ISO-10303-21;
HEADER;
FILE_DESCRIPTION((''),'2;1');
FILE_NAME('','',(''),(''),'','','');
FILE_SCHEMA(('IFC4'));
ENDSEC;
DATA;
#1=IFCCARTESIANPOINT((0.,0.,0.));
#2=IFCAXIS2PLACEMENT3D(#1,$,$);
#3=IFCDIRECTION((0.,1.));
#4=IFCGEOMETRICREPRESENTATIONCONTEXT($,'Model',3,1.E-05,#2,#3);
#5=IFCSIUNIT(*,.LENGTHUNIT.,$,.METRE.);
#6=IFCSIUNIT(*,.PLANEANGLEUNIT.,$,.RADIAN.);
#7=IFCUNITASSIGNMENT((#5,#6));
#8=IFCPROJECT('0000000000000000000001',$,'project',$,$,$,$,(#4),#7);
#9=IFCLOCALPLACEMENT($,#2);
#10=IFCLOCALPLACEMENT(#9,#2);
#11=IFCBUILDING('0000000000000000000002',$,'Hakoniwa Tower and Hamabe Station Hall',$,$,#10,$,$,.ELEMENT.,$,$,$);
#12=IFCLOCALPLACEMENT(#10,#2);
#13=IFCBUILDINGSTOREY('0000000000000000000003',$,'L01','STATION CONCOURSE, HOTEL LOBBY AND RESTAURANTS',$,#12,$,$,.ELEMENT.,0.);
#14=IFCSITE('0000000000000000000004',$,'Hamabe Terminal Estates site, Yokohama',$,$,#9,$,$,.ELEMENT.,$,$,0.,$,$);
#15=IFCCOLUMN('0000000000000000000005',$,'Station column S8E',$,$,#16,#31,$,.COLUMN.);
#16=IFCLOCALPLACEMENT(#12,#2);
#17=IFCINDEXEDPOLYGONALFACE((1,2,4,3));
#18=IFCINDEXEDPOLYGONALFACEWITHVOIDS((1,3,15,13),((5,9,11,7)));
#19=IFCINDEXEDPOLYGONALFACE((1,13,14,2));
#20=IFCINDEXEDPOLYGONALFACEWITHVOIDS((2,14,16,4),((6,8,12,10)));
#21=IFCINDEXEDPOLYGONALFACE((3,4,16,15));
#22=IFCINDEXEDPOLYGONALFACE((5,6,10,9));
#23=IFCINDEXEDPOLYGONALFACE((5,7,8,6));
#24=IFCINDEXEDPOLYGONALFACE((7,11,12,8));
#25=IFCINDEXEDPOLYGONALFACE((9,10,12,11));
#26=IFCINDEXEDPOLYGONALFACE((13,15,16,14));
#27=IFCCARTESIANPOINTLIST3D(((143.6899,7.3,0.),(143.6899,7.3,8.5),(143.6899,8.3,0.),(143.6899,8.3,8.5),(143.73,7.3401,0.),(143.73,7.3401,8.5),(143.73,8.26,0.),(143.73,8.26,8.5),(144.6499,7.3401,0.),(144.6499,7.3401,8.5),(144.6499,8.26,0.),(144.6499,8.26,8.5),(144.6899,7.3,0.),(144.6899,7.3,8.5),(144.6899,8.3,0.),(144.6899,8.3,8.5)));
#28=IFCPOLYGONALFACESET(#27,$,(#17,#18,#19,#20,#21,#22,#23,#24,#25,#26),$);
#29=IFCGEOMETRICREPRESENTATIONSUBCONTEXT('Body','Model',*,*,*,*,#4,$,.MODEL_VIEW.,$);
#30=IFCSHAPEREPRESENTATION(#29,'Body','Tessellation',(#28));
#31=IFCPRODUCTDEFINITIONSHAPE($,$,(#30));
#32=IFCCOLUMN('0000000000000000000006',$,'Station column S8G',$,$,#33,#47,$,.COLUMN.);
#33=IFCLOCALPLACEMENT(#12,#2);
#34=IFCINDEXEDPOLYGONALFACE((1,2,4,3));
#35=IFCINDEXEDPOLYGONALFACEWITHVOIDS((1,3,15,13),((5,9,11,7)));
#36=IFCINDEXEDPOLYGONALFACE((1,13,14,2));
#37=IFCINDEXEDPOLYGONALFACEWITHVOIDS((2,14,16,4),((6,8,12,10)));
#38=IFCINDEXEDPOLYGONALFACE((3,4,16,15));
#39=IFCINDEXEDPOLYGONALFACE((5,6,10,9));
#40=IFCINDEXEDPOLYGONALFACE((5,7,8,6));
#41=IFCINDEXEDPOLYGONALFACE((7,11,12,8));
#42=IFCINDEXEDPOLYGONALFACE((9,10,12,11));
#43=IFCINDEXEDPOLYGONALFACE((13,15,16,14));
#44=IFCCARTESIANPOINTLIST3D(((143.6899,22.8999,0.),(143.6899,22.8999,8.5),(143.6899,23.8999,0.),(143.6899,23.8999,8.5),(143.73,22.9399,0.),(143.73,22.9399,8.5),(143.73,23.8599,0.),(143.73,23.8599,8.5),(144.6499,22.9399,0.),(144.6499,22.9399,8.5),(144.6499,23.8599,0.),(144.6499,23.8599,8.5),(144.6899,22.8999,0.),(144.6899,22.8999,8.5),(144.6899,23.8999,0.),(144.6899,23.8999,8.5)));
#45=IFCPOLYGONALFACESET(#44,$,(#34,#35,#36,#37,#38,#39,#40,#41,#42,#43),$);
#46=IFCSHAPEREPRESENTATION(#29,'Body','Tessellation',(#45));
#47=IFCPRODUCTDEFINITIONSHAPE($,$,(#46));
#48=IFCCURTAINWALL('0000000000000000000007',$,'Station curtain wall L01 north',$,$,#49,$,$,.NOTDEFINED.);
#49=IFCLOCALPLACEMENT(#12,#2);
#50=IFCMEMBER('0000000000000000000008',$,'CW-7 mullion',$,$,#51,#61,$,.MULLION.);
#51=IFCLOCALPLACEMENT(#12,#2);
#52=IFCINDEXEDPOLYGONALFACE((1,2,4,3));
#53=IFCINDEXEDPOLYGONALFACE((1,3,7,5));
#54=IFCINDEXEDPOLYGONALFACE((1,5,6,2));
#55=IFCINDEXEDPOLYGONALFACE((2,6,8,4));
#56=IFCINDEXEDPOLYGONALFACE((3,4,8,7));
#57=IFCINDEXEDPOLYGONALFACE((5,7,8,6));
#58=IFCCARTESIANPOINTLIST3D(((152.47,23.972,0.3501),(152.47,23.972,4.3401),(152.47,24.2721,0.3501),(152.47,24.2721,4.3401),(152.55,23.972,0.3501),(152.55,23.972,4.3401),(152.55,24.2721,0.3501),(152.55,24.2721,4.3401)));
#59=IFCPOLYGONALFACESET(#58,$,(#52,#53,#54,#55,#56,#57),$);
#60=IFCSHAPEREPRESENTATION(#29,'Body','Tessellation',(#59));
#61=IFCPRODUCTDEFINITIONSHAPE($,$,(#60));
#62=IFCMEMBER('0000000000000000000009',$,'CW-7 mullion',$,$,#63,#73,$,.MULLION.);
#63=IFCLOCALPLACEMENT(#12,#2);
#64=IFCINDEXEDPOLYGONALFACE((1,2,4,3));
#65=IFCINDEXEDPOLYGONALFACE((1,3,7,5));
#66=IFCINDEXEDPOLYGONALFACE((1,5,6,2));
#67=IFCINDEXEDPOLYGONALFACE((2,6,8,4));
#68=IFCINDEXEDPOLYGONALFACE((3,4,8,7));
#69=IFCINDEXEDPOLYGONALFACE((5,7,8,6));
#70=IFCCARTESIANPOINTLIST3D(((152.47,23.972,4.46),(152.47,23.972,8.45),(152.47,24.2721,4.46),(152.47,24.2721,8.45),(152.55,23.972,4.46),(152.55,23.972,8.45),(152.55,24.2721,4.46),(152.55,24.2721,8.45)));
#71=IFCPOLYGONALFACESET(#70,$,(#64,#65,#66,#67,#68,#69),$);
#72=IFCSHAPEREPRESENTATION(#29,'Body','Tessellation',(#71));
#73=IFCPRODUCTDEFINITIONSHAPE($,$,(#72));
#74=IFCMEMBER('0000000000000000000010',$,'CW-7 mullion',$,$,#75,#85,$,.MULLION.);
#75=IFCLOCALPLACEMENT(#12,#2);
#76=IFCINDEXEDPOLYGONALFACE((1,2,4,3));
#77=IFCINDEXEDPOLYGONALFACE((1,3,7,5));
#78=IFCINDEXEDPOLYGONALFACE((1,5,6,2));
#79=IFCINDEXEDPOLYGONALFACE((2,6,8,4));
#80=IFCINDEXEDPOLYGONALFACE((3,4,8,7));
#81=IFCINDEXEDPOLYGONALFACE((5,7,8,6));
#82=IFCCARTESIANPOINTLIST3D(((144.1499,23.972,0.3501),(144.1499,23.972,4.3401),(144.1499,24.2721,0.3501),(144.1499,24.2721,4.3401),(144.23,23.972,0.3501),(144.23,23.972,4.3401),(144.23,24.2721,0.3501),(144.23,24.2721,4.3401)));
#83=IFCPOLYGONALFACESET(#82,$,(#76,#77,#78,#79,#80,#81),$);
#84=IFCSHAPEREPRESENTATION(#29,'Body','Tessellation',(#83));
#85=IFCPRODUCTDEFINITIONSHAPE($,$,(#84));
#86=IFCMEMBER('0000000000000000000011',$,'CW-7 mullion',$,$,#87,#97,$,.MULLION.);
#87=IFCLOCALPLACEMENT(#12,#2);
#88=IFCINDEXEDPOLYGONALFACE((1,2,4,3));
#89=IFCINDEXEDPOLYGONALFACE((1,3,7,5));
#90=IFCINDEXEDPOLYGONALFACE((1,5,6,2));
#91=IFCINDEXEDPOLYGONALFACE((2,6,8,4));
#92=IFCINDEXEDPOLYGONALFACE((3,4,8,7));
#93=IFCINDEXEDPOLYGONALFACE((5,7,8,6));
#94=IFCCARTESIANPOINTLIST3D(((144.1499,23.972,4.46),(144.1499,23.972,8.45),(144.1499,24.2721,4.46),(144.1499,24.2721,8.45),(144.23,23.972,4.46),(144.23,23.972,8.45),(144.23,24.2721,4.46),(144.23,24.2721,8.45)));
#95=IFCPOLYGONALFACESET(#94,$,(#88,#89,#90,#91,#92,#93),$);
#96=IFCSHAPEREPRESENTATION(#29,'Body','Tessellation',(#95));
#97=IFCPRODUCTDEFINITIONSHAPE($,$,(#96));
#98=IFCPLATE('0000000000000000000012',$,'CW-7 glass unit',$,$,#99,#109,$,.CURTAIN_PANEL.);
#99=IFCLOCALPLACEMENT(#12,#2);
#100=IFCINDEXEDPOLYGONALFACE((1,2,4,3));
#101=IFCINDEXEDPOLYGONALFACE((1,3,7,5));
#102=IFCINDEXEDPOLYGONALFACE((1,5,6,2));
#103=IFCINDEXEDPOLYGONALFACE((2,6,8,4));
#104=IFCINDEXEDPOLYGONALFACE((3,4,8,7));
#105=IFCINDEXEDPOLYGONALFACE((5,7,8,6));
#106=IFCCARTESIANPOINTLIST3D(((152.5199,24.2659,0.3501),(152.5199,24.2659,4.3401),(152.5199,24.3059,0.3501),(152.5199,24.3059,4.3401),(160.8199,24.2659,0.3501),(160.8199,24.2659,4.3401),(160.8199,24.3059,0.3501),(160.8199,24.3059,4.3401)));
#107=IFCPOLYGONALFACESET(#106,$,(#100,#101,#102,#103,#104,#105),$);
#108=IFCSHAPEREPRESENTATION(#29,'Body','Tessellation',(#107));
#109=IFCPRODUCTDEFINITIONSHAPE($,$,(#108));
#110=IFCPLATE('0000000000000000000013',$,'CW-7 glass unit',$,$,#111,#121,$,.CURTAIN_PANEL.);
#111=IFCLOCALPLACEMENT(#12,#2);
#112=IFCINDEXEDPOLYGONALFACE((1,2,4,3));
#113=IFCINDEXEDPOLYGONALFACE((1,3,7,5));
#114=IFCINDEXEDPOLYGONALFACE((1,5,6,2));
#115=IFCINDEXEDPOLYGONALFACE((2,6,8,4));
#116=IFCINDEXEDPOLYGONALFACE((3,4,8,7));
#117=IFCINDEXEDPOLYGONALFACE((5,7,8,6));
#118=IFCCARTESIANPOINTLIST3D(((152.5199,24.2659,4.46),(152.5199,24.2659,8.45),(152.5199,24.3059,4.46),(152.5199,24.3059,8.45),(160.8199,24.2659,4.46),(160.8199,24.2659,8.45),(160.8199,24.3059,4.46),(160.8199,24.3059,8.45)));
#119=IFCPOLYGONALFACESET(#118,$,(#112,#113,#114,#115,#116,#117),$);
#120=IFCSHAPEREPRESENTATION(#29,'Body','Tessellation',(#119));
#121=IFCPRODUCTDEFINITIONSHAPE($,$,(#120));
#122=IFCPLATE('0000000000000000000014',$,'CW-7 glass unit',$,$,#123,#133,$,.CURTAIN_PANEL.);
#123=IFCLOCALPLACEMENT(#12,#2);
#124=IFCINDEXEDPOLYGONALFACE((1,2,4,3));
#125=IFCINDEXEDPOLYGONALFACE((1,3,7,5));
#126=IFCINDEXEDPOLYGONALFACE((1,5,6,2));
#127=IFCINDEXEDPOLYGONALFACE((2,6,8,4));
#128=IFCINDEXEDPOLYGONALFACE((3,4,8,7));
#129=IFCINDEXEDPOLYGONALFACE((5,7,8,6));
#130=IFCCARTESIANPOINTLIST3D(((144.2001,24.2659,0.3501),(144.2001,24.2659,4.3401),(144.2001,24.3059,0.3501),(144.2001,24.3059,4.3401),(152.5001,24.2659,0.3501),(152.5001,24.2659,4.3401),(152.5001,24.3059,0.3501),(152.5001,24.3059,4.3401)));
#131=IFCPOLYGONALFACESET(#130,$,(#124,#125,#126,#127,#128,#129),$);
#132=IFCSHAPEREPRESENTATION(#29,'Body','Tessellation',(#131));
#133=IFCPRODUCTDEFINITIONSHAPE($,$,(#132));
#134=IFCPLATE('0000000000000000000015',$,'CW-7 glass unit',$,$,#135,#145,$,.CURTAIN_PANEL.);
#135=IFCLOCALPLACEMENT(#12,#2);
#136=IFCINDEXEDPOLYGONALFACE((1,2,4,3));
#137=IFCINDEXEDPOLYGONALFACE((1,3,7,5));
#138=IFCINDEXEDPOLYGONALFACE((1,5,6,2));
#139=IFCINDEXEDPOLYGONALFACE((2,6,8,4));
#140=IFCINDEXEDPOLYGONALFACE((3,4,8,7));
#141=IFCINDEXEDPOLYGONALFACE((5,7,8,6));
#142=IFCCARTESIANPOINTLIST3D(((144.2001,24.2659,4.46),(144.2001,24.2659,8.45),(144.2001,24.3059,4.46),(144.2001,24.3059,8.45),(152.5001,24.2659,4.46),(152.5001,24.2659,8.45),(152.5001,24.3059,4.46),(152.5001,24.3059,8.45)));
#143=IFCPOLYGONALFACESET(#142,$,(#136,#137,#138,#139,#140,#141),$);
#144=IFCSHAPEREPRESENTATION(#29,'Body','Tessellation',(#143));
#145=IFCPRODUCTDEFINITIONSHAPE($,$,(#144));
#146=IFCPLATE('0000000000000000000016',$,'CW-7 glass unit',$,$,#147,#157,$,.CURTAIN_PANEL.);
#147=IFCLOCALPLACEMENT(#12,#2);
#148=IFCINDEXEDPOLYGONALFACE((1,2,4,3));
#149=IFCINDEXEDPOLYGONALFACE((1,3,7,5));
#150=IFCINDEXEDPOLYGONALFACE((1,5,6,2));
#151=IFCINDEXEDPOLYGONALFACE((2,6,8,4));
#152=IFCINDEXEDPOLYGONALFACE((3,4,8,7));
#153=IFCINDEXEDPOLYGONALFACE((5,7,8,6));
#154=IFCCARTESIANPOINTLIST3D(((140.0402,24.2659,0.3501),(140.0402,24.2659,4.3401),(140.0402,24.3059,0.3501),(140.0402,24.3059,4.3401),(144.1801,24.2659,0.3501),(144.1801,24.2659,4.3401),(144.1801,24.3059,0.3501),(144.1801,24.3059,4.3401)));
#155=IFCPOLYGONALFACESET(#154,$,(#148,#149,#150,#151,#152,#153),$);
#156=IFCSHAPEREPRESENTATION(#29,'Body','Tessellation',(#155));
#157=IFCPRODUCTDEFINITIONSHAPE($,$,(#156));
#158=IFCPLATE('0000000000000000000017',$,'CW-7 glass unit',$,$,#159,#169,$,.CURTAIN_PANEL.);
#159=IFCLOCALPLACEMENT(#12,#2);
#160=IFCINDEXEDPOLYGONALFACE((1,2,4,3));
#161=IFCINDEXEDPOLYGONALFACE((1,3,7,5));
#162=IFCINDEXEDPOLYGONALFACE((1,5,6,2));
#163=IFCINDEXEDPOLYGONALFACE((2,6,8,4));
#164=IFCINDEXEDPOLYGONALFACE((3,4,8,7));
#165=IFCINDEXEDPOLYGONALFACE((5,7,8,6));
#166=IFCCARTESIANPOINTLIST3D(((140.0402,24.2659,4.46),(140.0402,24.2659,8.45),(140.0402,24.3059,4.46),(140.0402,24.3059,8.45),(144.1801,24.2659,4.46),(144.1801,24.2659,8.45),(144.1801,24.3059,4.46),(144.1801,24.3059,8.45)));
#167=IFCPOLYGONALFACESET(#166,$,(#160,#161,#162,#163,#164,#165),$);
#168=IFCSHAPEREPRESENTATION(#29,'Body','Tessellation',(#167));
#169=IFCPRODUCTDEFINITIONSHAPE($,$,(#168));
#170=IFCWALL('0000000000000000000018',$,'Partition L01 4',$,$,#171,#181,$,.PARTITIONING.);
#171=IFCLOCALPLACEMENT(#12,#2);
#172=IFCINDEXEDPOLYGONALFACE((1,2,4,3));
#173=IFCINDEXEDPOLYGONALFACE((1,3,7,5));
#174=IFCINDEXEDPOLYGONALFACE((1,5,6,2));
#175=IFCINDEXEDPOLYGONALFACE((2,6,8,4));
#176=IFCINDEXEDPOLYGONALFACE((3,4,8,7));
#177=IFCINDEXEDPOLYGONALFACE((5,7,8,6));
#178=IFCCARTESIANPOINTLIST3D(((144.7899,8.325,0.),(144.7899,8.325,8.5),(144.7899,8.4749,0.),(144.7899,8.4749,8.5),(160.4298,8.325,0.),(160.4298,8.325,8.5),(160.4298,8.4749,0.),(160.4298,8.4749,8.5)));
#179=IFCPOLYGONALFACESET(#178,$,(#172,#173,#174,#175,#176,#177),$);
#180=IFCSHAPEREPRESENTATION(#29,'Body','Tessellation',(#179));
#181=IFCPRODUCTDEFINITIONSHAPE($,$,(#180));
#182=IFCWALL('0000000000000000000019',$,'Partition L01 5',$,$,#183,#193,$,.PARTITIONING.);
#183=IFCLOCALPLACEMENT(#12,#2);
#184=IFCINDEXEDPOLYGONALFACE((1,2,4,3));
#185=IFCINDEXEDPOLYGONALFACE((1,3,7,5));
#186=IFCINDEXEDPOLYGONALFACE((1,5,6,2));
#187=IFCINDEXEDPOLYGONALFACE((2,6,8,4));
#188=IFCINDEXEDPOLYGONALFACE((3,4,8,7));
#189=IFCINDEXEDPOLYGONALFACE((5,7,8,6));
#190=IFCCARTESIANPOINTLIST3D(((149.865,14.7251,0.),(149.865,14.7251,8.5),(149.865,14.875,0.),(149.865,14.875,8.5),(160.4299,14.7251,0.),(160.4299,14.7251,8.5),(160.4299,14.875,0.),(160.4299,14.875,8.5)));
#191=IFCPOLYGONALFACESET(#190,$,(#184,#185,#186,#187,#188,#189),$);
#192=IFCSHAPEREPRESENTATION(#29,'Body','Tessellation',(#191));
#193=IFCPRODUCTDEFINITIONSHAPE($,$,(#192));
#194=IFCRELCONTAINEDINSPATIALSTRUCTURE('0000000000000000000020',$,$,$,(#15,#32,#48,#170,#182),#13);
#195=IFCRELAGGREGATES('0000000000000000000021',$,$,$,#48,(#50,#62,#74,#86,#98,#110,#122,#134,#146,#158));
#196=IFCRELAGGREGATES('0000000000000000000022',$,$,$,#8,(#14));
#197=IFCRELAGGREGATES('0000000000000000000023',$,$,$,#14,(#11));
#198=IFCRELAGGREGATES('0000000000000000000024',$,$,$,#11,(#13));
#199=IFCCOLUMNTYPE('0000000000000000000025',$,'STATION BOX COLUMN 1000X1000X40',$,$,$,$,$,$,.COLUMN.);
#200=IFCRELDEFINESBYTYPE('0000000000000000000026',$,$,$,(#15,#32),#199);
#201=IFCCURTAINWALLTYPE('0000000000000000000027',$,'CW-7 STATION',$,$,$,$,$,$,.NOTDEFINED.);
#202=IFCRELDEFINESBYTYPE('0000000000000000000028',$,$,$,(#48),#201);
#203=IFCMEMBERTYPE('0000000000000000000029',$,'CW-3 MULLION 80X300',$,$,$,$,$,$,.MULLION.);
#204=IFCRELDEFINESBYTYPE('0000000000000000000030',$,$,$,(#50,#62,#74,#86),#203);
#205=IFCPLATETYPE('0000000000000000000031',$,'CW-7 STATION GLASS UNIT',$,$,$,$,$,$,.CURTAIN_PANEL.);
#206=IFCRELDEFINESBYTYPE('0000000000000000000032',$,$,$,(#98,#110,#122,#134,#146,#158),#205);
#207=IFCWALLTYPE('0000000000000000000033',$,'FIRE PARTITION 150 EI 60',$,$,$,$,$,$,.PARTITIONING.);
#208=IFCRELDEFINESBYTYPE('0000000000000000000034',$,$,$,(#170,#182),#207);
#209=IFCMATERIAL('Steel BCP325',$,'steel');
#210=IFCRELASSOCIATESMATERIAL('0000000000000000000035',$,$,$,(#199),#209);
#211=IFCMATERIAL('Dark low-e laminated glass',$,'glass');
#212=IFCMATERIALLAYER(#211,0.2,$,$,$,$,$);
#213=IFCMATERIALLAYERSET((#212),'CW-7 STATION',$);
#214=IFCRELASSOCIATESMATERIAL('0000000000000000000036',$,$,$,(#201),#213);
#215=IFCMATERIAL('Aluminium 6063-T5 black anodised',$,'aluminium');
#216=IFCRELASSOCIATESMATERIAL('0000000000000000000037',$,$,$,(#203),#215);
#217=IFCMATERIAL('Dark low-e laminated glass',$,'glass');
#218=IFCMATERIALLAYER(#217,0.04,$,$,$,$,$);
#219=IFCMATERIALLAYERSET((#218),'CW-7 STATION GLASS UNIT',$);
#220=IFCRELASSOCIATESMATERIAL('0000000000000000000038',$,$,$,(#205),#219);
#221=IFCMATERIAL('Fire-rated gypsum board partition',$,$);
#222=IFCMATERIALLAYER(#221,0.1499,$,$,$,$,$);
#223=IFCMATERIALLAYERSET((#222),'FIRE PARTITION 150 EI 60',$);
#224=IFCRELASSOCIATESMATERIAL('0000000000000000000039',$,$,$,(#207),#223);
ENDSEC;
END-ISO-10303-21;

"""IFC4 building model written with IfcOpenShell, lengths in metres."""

from ifc_helpers import new_model, si_unit, direction, frame, frame_2d, origin, origin_2d, place, context, subcontext, project, spatial, rectangle, hollow_rectangle, extrude, material, layer, layer_set, material_profile, profile_set, type_object, element, aggregate, save


model = new_model("IFC4")

# Units and contexts
model_context = context("Model", 3, precision=1e-05, world=origin(), true_north=direction((0.0, 1.0)))
body_context = subcontext(model_context, "Body", "Model", "MODEL_VIEW")
ifc_project = project(units=[si_unit("LENGTHUNIT", "METRE"), si_unit("PLANEANGLEUNIT", "RADIAN")], contexts=[model_context])

# Site, building, storey
site_placement = place(None, origin())
site = spatial("IfcSite", under=ifc_project, at=site_placement, Name="Hamabe Terminal Estates site, Yokohama", CompositionType="ELEMENT", RefElevation=0.0)
building_placement = place(site_placement, origin())
building = spatial("IfcBuilding", under=site, at=building_placement, Name="Hakoniwa Tower and Hamabe Station Hall", CompositionType="ELEMENT")
storey_placement = place(building_placement, origin())
storey = spatial("IfcBuildingStorey", under=building, at=storey_placement, Name="L01", Description="STATION CONCOURSE, HOTEL LOBBY AND RESTAURANTS", CompositionType="ELEMENT", Elevation=0.0)

# Columns
ifc_material_1 = material(Name="Steel BCP325", Category="steel")
ifc_material_profile_1 = material_profile(ifc_material_1, hollow_rectangle(XDim=1.0, YDim=1.0, WallThickness=0.04, at=origin_2d()), Name="STATION BOX COLUMN 1000X1000X40")
ifc_profile_set_1 = profile_set([ifc_material_profile_1], Name="Steel BCP325")
column_type_1 = type_object("IfcColumnType", Name="STATION BOX COLUMN 1000X1000X40", PredefinedType="COLUMN", material=ifc_profile_set_1)
for number, where, z_axis, x_axis, name in (
    (1, (144.1899, 7.8, 0.0), (0.0, 0.0, 1.0), (1.0, 0.0, 0.0), "Station column S8E"),
    (2, (144.1899, 23.3999, 0.0), (0.0, 0.0, 1.0), (1.0, 0.0, 0.0), "Station column S8G"),
):
    element("IfcColumn", number, at=place(storey_placement, frame(where, z_axis=z_axis, x_axis=x_axis)), inside=storey, type_object=column_type_1, Name=name, PredefinedType="COLUMN", context=body_context, shape_type="SweptSolid", body=[
        extrude(hollow_rectangle(XDim=1.0, YDim=1.0, WallThickness=0.04, at=origin_2d()), origin(), (0.0, 0.0, 1.0), 8.5),
    ])

# Curtain wall, members, plates
ifc_material_2 = material(Name="Dark low-e laminated glass", Category="glass")
ifc_layer_1 = layer(ifc_material_2, 0.2)
ifc_layer_set_1 = layer_set([ifc_layer_1], Name="CW-7 STATION")
curtain_wall_type = type_object("IfcCurtainWallType", Name="CW-7 STATION", PredefinedType="NOTDEFINED", material=ifc_layer_set_1)
curtain_wall_placement = place(storey_placement, origin())
curtain_wall = element("IfcCurtainWall", 3, at=curtain_wall_placement, inside=storey, type_object=curtain_wall_type, Name="Station curtain wall L01 north", PredefinedType="NOTDEFINED")
ifc_material_3 = material(Name="Aluminium 6063-T5 black anodised", Category="aluminium")
ifc_material_profile_2 = material_profile(ifc_material_3, rectangle(XDim=0.0801, YDim=0.3, at=origin_2d()), Name="CW-3 MULLION 80X300")
ifc_profile_set_2 = profile_set([ifc_material_profile_2], Name="Aluminium 6063-T5 black anodised")
member_type = type_object("IfcMemberType", Name="CW-3 MULLION 80X300", PredefinedType="MULLION", material=ifc_profile_set_2)
member_1_placement = place(storey_placement, frame((152.51, 24.1221, 0.3501), z_axis=(0.0, 0.0, 1.0), x_axis=(-1.0, 0.0, 0.0)))
member_1 = element("IfcMember", 4, at=member_1_placement, type_object=member_type, Name="CW-7 mullion", PredefinedType="MULLION", context=body_context, shape_type="SweptSolid", body=[
    extrude(rectangle(XDim=0.0801, YDim=0.3, at=origin_2d()), origin(), (0.0, 0.0, 1.0), 3.99),
])
member_2_placement = place(storey_placement, frame((152.51, 24.1221, 4.46), z_axis=(0.0, 0.0, 1.0), x_axis=(-1.0, 0.0, 0.0)))
member_2 = element("IfcMember", 5, at=member_2_placement, type_object=member_type, Name="CW-7 mullion", PredefinedType="MULLION", context=body_context, shape_type="SweptSolid", body=[
    extrude(rectangle(XDim=0.0801, YDim=0.3, at=origin_2d()), origin(), (0.0, 0.0, 1.0), 3.99),
])
member_3_placement = place(storey_placement, frame((144.1899, 24.1221, 0.3501), z_axis=(0.0, 0.0, 1.0), x_axis=(-1.0, 0.0, 0.0)))
member_3 = element("IfcMember", 6, at=member_3_placement, type_object=member_type, Name="CW-7 mullion", PredefinedType="MULLION", context=body_context, shape_type="SweptSolid", body=[
    extrude(rectangle(XDim=0.0801, YDim=0.3, at=origin_2d()), origin(), (0.0, 0.0, 1.0), 3.99),
])
member_4_placement = place(storey_placement, frame((144.1899, 24.1221, 4.46), z_axis=(0.0, 0.0, 1.0), x_axis=(-1.0, 0.0, 0.0)))
member_4 = element("IfcMember", 7, at=member_4_placement, type_object=member_type, Name="CW-7 mullion", PredefinedType="MULLION", context=body_context, shape_type="SweptSolid", body=[
    extrude(rectangle(XDim=0.0801, YDim=0.3, at=origin_2d()), origin(), (0.0, 0.0, 1.0), 3.99),
])
ifc_material_4 = material(Name="Dark low-e laminated glass", Category="glass")
ifc_layer_2 = layer(ifc_material_4, 0.04)
ifc_layer_set_2 = layer_set([ifc_layer_2], Name="CW-7 STATION GLASS UNIT")
plate_type = type_object("IfcPlateType", Name="CW-7 STATION GLASS UNIT", PredefinedType="CURTAIN_PANEL", material=ifc_layer_set_2)
plate_1_placement = place(storey_placement, frame((156.6699, 24.2859, 0.3501), z_axis=(0.0, 0.0, 1.0), x_axis=(-1.0, 0.0, 0.0)))
plate_1 = element("IfcPlate", 8, at=plate_1_placement, type_object=plate_type, Name="CW-7 glass unit", PredefinedType="CURTAIN_PANEL", context=body_context, shape_type="SweptSolid", body=[
    extrude(rectangle(XDim=8.3, YDim=0.04, at=origin_2d()), origin(), (0.0, 0.0, 1.0), 3.99),
])
plate_2_placement = place(storey_placement, frame((156.6699, 24.2859, 4.46), z_axis=(0.0, 0.0, 1.0), x_axis=(-1.0, 0.0, 0.0)))
plate_2 = element("IfcPlate", 9, at=plate_2_placement, type_object=plate_type, Name="CW-7 glass unit", PredefinedType="CURTAIN_PANEL", context=body_context, shape_type="SweptSolid", body=[
    extrude(rectangle(XDim=8.3, YDim=0.04, at=origin_2d()), origin(), (0.0, 0.0, 1.0), 3.99),
])
plate_3_placement = place(storey_placement, frame((148.3501, 24.2859, 0.3501), z_axis=(0.0, 0.0, 1.0), x_axis=(-1.0, 0.0, 0.0)))
plate_3 = element("IfcPlate", 10, at=plate_3_placement, type_object=plate_type, Name="CW-7 glass unit", PredefinedType="CURTAIN_PANEL", context=body_context, shape_type="SweptSolid", body=[
    extrude(rectangle(XDim=8.3, YDim=0.04, at=origin_2d()), origin(), (0.0, 0.0, 1.0), 3.99),
])
plate_4_placement = place(storey_placement, frame((148.3501, 24.2859, 4.46), z_axis=(0.0, 0.0, 1.0), x_axis=(-1.0, 0.0, 0.0)))
plate_4 = element("IfcPlate", 11, at=plate_4_placement, type_object=plate_type, Name="CW-7 glass unit", PredefinedType="CURTAIN_PANEL", context=body_context, shape_type="SweptSolid", body=[
    extrude(rectangle(XDim=8.3, YDim=0.04, at=origin_2d()), origin(), (0.0, 0.0, 1.0), 3.99),
])
plate_5_placement = place(storey_placement, frame((142.1101, 24.2859, 0.3501), z_axis=(0.0, 0.0, 1.0), x_axis=(-1.0, 0.0, 0.0)))
plate_5 = element("IfcPlate", 12, at=plate_5_placement, type_object=plate_type, Name="CW-7 glass unit", PredefinedType="CURTAIN_PANEL", context=body_context, shape_type="SweptSolid", body=[
    extrude(rectangle(XDim=4.1399, YDim=0.04, at=origin_2d()), origin(), (0.0, 0.0, 1.0), 3.99),
])
plate_6_placement = place(storey_placement, frame((142.1101, 24.2859, 4.46), z_axis=(0.0, 0.0, 1.0), x_axis=(-1.0, 0.0, 0.0)))
plate_6 = element("IfcPlate", 13, at=plate_6_placement, type_object=plate_type, Name="CW-7 glass unit", PredefinedType="CURTAIN_PANEL", context=body_context, shape_type="SweptSolid", body=[
    extrude(rectangle(XDim=4.1399, YDim=0.04, at=origin_2d()), origin(), (0.0, 0.0, 1.0), 3.99),
])
aggregate(curtain_wall, [member_1, member_2, member_3, member_4, plate_1, plate_2, plate_3, plate_4, plate_5, plate_6])

# Walls
ifc_material_5 = material(Name="Fire-rated gypsum board partition")
ifc_layer_3 = layer(ifc_material_5, 0.1499)
ifc_layer_set_3 = layer_set([ifc_layer_3], Name="FIRE PARTITION 150 EI 60")
wall_type_1 = type_object("IfcWallType", Name="FIRE PARTITION 150 EI 60", PredefinedType="PARTITIONING", material=ifc_layer_set_3)
wall_1_placement = place(storey_placement, frame((144.79, 8.3999, 0.0), z_axis=(0.0, 0.0, 1.0), x_axis=(1.0, 0.0, 0.0)))
element("IfcWall", 14, at=wall_1_placement, inside=storey, type_object=wall_type_1, Name="Partition L01 4", PredefinedType="PARTITIONING", context=body_context, shape_type="SweptSolid", body=[
    extrude(rectangle(XDim=15.6399, YDim=0.1499, at=frame_2d((7.8198, 0.0))), origin(), (0.0, 0.0, 1.0), 8.5),
])
for number, where, z_axis, x_axis, name in (
    (15, (149.865, 14.8, 0.0), (0.0, 0.0, 1.0), (1.0, 0.0, 0.0), "Partition L01 5"),
):
    element("IfcWall", number, at=place(storey_placement, frame(where, z_axis=z_axis, x_axis=x_axis)), inside=storey, type_object=wall_type_1, Name=name, PredefinedType="PARTITIONING", context=body_context, shape_type="SweptSolid", body=[
        extrude(rectangle(XDim=10.5649, YDim=0.1499, at=frame_2d((5.2825, 0.0))), origin(), (0.0, 0.0, 1.0), 8.5),
    ])

save(model, "model.ifc")
